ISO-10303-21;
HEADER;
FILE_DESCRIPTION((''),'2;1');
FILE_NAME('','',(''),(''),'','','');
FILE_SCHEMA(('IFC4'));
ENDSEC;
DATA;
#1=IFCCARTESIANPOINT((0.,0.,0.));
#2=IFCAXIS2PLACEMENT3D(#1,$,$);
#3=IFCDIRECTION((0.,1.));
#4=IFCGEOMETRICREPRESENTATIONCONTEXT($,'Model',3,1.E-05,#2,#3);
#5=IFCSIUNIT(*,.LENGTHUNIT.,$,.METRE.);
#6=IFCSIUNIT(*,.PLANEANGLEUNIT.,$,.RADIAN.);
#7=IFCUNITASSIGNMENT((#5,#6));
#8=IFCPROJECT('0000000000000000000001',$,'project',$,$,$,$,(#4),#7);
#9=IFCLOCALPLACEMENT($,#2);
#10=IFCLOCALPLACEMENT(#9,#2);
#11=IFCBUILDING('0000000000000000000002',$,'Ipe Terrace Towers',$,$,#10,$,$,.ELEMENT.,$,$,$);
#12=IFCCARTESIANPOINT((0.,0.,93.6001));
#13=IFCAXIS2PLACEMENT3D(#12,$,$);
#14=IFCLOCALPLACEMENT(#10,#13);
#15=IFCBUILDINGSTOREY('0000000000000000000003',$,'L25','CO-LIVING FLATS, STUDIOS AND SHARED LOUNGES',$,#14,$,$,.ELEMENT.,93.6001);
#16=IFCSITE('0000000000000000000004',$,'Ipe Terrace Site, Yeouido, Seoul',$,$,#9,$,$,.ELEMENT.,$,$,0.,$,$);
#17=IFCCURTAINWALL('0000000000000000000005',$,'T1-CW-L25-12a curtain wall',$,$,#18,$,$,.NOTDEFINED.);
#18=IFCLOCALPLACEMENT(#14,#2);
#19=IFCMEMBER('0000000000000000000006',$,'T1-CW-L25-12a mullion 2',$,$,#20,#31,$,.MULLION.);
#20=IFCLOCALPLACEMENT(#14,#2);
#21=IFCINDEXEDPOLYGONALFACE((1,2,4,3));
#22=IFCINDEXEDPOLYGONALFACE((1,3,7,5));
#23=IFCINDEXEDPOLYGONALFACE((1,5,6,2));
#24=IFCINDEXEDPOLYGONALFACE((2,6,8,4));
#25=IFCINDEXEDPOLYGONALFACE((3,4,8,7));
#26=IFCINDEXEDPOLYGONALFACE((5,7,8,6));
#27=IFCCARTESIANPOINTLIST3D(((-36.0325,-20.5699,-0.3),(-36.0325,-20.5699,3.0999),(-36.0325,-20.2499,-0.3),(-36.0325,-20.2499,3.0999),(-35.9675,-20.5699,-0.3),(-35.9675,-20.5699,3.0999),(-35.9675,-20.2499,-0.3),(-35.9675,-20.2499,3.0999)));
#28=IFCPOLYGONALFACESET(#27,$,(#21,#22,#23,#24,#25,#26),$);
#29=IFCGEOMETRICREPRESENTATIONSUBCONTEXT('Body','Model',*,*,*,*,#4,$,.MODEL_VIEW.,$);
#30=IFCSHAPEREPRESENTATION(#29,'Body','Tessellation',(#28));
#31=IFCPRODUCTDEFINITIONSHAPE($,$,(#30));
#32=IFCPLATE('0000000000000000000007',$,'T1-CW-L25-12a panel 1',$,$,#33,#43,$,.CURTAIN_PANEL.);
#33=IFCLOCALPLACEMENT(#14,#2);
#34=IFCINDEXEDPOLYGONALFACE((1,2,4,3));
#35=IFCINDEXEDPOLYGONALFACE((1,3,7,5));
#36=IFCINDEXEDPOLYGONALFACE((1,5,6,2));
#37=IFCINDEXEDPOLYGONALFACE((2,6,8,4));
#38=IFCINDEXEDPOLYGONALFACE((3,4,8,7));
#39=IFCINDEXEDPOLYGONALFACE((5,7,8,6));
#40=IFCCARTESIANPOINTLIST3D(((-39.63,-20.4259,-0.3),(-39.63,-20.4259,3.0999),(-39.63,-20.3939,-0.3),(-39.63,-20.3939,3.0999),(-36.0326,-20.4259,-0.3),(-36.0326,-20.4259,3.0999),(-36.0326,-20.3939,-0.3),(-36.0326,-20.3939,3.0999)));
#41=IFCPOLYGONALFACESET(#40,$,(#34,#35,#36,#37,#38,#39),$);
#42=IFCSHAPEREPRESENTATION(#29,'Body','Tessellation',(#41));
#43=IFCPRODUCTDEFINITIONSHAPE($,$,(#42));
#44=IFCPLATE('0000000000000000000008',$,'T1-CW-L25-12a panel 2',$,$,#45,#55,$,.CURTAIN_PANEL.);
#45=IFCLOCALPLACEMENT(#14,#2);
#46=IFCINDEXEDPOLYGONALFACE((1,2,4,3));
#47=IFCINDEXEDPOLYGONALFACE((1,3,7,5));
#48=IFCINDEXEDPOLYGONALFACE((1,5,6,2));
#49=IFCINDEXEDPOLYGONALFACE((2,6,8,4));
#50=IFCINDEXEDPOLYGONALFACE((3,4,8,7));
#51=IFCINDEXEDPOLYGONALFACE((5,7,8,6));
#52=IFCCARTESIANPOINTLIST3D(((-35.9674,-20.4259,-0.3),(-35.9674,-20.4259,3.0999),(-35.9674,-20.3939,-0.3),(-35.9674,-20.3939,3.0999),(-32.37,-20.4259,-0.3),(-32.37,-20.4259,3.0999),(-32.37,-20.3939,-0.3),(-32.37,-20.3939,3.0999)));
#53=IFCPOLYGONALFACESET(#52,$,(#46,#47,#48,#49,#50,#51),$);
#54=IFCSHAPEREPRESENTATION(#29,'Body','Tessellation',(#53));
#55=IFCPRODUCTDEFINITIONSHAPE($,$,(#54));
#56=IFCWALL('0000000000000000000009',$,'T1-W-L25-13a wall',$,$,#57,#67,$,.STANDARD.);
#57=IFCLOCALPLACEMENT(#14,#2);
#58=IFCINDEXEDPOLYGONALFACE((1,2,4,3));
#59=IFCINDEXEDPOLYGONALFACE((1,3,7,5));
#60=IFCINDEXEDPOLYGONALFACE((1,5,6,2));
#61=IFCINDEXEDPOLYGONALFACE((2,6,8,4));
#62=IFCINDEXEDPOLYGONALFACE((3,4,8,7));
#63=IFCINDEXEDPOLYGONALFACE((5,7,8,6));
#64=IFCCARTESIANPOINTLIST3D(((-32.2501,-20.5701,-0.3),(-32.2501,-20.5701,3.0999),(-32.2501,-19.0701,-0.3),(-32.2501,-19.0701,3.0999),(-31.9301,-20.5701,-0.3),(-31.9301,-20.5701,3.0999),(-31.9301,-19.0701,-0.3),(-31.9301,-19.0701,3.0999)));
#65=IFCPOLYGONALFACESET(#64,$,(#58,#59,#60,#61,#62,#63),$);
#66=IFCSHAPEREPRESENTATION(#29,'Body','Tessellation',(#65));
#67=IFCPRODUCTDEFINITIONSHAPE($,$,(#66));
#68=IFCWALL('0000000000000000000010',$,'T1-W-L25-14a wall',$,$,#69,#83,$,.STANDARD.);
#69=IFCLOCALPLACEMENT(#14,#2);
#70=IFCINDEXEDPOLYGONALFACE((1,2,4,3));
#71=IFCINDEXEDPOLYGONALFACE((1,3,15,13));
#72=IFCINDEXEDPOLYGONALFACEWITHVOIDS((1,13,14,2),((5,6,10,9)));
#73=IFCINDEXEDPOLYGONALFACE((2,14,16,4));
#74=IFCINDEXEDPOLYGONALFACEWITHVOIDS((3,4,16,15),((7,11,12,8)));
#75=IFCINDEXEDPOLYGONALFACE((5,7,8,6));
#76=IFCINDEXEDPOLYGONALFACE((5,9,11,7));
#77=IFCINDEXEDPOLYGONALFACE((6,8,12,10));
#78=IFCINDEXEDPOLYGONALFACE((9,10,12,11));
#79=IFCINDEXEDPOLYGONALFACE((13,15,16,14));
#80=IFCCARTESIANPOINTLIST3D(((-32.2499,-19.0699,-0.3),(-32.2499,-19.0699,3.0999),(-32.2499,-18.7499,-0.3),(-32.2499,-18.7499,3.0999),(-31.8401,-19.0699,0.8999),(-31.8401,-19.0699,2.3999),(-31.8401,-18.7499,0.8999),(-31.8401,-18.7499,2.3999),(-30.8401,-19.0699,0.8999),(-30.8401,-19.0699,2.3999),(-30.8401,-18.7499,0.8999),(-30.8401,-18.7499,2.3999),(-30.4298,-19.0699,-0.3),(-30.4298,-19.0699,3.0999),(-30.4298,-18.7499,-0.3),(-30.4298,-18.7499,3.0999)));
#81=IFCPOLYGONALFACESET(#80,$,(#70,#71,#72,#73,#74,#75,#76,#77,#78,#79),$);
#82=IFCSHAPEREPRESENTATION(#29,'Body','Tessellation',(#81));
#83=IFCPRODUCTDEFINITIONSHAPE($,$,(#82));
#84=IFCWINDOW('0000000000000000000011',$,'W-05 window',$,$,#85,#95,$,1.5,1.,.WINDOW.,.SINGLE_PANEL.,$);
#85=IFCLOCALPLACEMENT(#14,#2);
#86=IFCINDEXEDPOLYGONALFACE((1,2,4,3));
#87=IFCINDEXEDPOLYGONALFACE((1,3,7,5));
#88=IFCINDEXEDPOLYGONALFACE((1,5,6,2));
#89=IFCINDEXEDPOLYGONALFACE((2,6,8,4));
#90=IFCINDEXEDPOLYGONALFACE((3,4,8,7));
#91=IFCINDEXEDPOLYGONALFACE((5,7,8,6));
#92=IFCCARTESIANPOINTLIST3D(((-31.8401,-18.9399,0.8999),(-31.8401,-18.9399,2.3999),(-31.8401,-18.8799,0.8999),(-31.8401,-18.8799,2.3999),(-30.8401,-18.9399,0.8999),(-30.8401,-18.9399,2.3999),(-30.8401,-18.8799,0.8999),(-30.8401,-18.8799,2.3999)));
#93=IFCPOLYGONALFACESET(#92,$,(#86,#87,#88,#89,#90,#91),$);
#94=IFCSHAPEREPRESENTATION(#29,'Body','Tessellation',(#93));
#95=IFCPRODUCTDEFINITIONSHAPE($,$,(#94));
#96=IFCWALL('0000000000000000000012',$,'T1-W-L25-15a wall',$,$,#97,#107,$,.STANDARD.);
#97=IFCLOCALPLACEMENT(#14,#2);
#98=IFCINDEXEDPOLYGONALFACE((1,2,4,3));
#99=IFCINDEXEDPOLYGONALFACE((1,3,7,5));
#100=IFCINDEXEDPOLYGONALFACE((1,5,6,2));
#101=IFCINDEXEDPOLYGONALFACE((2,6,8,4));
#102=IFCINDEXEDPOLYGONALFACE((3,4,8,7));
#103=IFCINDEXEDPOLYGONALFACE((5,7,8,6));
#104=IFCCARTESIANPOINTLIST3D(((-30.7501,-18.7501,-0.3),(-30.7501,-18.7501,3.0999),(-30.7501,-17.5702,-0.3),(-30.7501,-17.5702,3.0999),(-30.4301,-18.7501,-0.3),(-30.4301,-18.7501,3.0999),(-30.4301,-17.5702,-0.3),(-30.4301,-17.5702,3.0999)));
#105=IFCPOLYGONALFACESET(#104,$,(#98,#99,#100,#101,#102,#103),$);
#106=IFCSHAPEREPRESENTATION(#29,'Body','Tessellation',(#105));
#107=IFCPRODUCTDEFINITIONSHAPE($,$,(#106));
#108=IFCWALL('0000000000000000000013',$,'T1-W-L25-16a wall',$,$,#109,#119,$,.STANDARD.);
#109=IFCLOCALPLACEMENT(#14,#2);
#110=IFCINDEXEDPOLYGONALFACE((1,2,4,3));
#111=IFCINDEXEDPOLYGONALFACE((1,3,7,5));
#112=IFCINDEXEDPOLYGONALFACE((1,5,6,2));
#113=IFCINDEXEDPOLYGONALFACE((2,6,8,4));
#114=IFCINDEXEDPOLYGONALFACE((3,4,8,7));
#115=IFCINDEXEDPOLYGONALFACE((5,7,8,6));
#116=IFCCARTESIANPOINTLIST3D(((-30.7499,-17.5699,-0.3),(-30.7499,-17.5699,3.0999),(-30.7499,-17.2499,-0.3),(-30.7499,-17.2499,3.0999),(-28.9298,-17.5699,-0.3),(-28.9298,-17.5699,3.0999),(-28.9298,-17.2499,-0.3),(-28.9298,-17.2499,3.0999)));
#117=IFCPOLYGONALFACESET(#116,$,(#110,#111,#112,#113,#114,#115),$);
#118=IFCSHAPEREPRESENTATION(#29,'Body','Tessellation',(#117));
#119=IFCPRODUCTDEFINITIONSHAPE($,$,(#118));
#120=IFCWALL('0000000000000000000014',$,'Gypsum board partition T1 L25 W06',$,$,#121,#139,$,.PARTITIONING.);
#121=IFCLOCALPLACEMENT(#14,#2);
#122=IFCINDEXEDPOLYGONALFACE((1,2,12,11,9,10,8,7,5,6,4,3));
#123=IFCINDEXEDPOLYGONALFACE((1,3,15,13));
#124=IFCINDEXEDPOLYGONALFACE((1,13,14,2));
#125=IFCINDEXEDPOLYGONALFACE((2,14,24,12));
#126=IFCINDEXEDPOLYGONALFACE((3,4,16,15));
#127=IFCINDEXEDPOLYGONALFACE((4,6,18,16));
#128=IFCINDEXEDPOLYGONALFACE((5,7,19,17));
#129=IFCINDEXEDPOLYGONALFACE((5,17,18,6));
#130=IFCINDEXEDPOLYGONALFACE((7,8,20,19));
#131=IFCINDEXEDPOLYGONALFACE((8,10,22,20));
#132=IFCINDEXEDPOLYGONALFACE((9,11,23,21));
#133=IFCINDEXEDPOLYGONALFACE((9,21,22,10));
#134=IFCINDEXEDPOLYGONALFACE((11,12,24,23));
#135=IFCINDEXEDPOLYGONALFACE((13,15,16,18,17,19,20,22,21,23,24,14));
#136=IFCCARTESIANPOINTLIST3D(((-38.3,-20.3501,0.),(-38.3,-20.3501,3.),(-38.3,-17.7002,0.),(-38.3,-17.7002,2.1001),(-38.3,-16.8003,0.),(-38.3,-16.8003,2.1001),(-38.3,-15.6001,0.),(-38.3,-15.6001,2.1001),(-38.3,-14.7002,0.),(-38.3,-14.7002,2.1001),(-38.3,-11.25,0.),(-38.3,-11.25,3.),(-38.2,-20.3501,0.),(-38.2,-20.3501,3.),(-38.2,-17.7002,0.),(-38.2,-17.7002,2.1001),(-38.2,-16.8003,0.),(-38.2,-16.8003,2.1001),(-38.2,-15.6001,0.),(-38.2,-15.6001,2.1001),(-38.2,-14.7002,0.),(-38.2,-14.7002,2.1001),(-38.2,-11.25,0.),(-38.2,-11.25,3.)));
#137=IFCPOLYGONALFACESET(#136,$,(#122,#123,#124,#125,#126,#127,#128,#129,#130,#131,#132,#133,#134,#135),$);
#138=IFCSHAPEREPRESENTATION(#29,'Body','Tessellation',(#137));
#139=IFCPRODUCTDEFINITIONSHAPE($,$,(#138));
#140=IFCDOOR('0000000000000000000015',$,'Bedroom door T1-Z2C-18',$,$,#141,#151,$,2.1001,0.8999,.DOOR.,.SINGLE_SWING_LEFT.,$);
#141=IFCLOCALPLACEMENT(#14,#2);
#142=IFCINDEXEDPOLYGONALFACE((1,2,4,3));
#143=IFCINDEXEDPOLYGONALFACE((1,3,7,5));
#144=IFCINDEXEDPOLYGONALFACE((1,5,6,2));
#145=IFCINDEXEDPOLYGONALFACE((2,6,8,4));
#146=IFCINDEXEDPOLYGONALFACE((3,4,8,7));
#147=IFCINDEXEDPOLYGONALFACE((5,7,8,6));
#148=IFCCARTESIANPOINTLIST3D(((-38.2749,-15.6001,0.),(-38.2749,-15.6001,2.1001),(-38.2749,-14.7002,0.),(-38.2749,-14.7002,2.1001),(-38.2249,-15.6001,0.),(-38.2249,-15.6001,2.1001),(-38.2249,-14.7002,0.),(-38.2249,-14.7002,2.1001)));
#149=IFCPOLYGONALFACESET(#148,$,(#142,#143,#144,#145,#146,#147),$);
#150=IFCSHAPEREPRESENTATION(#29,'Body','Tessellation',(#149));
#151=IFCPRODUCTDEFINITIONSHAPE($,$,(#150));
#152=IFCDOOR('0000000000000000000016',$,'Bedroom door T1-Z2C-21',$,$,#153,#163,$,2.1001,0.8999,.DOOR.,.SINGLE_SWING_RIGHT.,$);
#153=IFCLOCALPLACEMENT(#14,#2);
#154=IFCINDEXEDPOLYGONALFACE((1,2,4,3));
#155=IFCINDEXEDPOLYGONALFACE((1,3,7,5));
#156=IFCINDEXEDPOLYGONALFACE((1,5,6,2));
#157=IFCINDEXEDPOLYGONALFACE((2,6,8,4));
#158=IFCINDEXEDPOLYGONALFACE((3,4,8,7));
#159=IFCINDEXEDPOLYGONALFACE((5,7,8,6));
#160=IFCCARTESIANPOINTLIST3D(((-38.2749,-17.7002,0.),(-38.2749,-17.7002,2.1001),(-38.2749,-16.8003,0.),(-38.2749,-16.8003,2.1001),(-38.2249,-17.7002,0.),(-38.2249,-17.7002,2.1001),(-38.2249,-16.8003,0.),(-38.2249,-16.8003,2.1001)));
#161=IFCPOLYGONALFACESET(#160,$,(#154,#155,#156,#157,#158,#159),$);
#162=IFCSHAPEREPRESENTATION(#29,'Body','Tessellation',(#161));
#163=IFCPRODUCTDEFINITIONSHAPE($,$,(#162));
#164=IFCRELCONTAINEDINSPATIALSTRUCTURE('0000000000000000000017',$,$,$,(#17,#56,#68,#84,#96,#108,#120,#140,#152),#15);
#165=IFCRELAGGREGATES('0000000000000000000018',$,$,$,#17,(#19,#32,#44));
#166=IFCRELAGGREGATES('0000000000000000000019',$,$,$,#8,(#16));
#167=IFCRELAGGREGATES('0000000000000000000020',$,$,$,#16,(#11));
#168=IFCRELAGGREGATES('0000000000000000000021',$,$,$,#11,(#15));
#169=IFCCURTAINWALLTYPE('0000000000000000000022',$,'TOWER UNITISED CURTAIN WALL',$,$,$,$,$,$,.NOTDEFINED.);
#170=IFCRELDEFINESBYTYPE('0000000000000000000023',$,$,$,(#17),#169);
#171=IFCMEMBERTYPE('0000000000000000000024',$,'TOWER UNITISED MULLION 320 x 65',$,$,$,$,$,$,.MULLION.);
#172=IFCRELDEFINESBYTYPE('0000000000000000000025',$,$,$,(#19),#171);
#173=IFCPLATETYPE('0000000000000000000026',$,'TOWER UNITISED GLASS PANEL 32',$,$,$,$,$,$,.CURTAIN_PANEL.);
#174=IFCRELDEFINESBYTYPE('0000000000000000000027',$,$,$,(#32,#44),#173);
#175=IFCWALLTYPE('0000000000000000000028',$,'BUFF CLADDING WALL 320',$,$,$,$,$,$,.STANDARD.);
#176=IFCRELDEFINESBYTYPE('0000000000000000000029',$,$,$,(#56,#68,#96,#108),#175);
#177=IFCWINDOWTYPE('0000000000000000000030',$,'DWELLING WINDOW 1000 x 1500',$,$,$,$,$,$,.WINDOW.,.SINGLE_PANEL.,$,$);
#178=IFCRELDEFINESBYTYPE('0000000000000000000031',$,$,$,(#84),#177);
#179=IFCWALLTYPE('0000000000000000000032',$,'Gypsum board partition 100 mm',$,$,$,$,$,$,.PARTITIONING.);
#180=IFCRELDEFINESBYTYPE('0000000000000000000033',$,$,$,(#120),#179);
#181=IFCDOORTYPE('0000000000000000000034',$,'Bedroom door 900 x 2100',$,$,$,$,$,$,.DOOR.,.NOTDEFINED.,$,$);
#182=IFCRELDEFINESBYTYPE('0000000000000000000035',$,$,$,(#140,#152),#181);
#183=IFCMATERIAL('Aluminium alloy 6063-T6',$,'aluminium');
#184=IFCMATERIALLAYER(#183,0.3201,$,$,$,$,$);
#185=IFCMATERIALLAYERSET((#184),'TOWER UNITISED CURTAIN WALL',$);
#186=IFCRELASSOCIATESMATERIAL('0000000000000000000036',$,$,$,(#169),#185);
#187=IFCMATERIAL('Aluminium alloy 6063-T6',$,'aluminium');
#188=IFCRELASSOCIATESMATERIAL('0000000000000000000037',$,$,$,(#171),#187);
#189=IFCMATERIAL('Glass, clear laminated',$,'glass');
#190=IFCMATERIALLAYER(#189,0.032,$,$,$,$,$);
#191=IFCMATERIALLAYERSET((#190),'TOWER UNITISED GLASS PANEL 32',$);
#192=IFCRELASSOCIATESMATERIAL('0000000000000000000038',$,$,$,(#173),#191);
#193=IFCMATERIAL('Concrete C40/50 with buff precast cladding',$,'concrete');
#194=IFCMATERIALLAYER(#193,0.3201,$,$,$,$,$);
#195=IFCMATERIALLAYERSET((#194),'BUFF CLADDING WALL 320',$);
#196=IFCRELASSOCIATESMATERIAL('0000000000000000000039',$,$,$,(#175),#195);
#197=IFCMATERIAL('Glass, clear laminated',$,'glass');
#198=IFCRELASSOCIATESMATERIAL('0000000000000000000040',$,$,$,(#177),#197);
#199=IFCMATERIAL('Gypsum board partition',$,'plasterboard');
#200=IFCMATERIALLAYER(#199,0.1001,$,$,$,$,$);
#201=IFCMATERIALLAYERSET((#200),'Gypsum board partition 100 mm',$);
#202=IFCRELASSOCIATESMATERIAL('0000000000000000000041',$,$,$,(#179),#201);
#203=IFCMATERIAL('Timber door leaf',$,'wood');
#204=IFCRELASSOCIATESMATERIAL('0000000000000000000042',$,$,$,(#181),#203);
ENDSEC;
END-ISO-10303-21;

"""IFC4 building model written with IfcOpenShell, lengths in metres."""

from ifc_helpers import new_model, si_unit, direction, frame, frame_2d, origin, origin_2d, place, context, subcontext, project, spatial, rectangle, extrude, material, layer, layer_set, material_profile, profile_set, type_object, element, fill, aggregate, save


model = new_model("IFC4")

# Units and contexts
model_context = context("Model", 3, precision=1e-05, world=origin(), true_north=direction((0.0, 1.0)))
body_context = subcontext(model_context, "Body", "Model", "MODEL_VIEW")
ifc_project = project(units=[si_unit("LENGTHUNIT", "METRE"), si_unit("PLANEANGLEUNIT", "RADIAN")], contexts=[model_context])

# Site, building, storey
site_placement = place(None, origin())
site = spatial("IfcSite", under=ifc_project, at=site_placement, Name="Ipe Terrace Site, Yeouido, Seoul", CompositionType="ELEMENT", RefElevation=0.0)
building_placement = place(site_placement, origin())
building = spatial("IfcBuilding", under=site, at=building_placement, Name="Ipe Terrace Towers", CompositionType="ELEMENT")
storey_placement = place(building_placement, frame((0.0, 0.0, 93.6001)))
storey = spatial("IfcBuildingStorey", under=building, at=storey_placement, Name="L25", Description="CO-LIVING FLATS, STUDIOS AND SHARED LOUNGES", CompositionType="ELEMENT", Elevation=93.6001)

# Curtain wall
ifc_material_1 = material(Name="Aluminium alloy 6063-T6", Category="aluminium")
ifc_layer_1 = layer(ifc_material_1, 0.3201)
ifc_layer_set_1 = layer_set([ifc_layer_1], Name="TOWER UNITISED CURTAIN WALL")
curtain_wall_type = type_object("IfcCurtainWallType", Name="TOWER UNITISED CURTAIN WALL", PredefinedType="NOTDEFINED", material=ifc_layer_set_1)
curtain_wall_1_placement = place(storey_placement, origin())
curtain_wall_1 = element("IfcCurtainWall", 1, at=curtain_wall_1_placement, inside=storey, type_object=curtain_wall_type, Name="T1-CW-L25-12a curtain wall", PredefinedType="NOTDEFINED")

# Member
ifc_material_2 = material(Name="Aluminium alloy 6063-T6", Category="aluminium")
ifc_material_profile_1 = material_profile(ifc_material_2, rectangle(XDim=0.3201, YDim=0.0649, at=origin_2d()), Name="TOWER UNITISED MULLION 320 x 65")
ifc_profile_set_1 = profile_set([ifc_material_profile_1], Name="Aluminium alloy 6063-T6")
member_type_1 = type_object("IfcMemberType", Name="TOWER UNITISED MULLION 320 x 65", PredefinedType="MULLION", material=ifc_profile_set_1)
member_1_placement = place(storey_placement, frame((-36.0, -20.4099, -0.3), z_axis=(0.0, 0.0, 1.0), x_axis=(0.0, -1.0, 0.0)))
member_1 = element("IfcMember", 2, at=member_1_placement, type_object=member_type_1, Name="T1-CW-L25-12a mullion 2", PredefinedType="MULLION", context=body_context, shape_type="SweptSolid", body=[
    extrude(rectangle(XDim=0.3201, YDim=0.0649, at=origin_2d()), origin(), (0.0, 0.0, 1.0), 3.3999),
])

# Plates
ifc_material_3 = material(Name="Glass, clear laminated", Category="glass")
ifc_layer_2 = layer(ifc_material_3, 0.032)
ifc_layer_set_2 = layer_set([ifc_layer_2], Name="TOWER UNITISED GLASS PANEL 32")
plate_type = type_object("IfcPlateType", Name="TOWER UNITISED GLASS PANEL 32", PredefinedType="CURTAIN_PANEL", material=ifc_layer_set_2)
plate_1_placement = place(storey_placement, frame((-37.8313, -20.4099, -0.3), z_axis=(0.0, 0.0, 1.0), x_axis=(1.0, 0.0, 0.0)))
plate_1 = element("IfcPlate", 3, at=plate_1_placement, type_object=plate_type, Name="T1-CW-L25-12a panel 1", PredefinedType="CURTAIN_PANEL", context=body_context, shape_type="SweptSolid", body=[
    extrude(rectangle(XDim=3.5974, YDim=0.032, at=origin_2d()), origin(), (0.0, 0.0, 1.0), 3.3999),
])
plate_2_placement = place(storey_placement, frame((-34.1687, -20.4099, -0.3), z_axis=(0.0, 0.0, 1.0), x_axis=(1.0, 0.0, 0.0)))
plate_2 = element("IfcPlate", 4, at=plate_2_placement, type_object=plate_type, Name="T1-CW-L25-12a panel 2", PredefinedType="CURTAIN_PANEL", context=body_context, shape_type="SweptSolid", body=[
    extrude(rectangle(XDim=3.5974, YDim=0.032, at=origin_2d()), origin(), (0.0, 0.0, 1.0), 3.3999),
])
aggregate(curtain_wall_1, [member_1, plate_1, plate_2])

# Wall
ifc_material_4 = material(Name="Concrete C40/50 with buff precast cladding", Category="concrete")
ifc_layer_3 = layer(ifc_material_4, 0.3201)
ifc_layer_set_3 = layer_set([ifc_layer_3], Name="BUFF CLADDING WALL 320")
wall_type_1 = type_object("IfcWallType", Name="BUFF CLADDING WALL 320", PredefinedType="STANDARD", material=ifc_layer_set_3)
wall_1_placement = place(storey_placement, frame((-32.0901, -20.5701, -0.3), z_axis=(0.0, 0.0, 1.0), x_axis=(0.0, 1.0, 0.0)))
element("IfcWall", 5, at=wall_1_placement, inside=storey, type_object=wall_type_1, Name="T1-W-L25-13a wall", PredefinedType="STANDARD", context=body_context, shape_type="SweptSolid", body=[
    extrude(rectangle(XDim=1.5, YDim=0.3201, at=frame_2d((0.75, 0.0))), origin(), (0.0, 0.0, 1.0), 3.3999),
])

# Wall, opening, window
wall_2_placement = place(storey_placement, frame((-32.25, -18.9099, -0.3), z_axis=(0.0, 0.0, 1.0), x_axis=(1.0, 0.0, 0.0)))
wall_2 = element("IfcWall", 6, at=wall_2_placement, inside=storey, type_object=wall_type_1, Name="T1-W-L25-14a wall", PredefinedType="STANDARD", context=body_context, shape_type="SweptSolid", body=[
    extrude(rectangle(XDim=1.8201, YDim=0.3201, at=frame_2d((0.9102, 0.0))), origin(), (0.0, 0.0, 1.0), 3.3999),
])
opening_1_placement = place(wall_2_placement, frame((0.4099, 0.0, 1.2)))
opening_1 = element("IfcOpeningElement", 7, at=opening_1_placement, cuts=wall_2, PredefinedType="OPENING", context=body_context, shape_type="SweptSolid", body=[
    extrude(rectangle(XDim=1.0, YDim=1.5, at=frame_2d((0.5, 0.75))), frame((0.0, 0.1699, 0.0), z_axis=(0.0, -1.0, 0.0), x_axis=(1.0, 0.0, 0.0)), (0.0, 0.0, 1.0), 0.3401),
])
ifc_material_5 = material(Name="Glass, clear laminated", Category="glass")
window_type = type_object("IfcWindowType", Name="DWELLING WINDOW 1000 x 1500", PartitioningType="SINGLE_PANEL", PredefinedType="WINDOW", material=ifc_material_5)
window_placement = place(opening_1_placement, origin())
window = element("IfcWindow", 8, at=window_placement, inside=storey, type_object=window_type, Name="W-05 window", OverallHeight=1.5, OverallWidth=1.0, PartitioningType="SINGLE_PANEL", PredefinedType="WINDOW", context=body_context, shape_type="SweptSolid", body=[
    extrude(rectangle(XDim=1.0, YDim=1.5, at=frame_2d((0.5, 0.75))), frame((0.0, 0.03, 0.0), z_axis=(0.0, -1.0, 0.0), x_axis=(1.0, 0.0, 0.0)), (0.0, 0.0, 1.0), 0.0601),
])
fill(opening_1, window)

# Walls
wall_3_placement = place(storey_placement, frame((-30.5901, -18.75, -0.3), z_axis=(0.0, 0.0, 1.0), x_axis=(0.0, 1.0, 0.0)))
element("IfcWall", 9, at=wall_3_placement, inside=storey, type_object=wall_type_1, Name="T1-W-L25-15a wall", PredefinedType="STANDARD", context=body_context, shape_type="SweptSolid", body=[
    extrude(rectangle(XDim=1.1799, YDim=0.3201, at=frame_2d((0.5898, 0.0))), origin(), (0.0, 0.0, 1.0), 3.3999),
])
wall_4_placement = place(storey_placement, frame((-30.75, -17.4099, -0.3), z_axis=(0.0, 0.0, 1.0), x_axis=(1.0, 0.0, 0.0)))
element("IfcWall", 10, at=wall_4_placement, inside=storey, type_object=wall_type_1, Name="T1-W-L25-16a wall", PredefinedType="STANDARD", context=body_context, shape_type="SweptSolid", body=[
    extrude(rectangle(XDim=1.8201, YDim=0.3201, at=frame_2d((0.9102, 0.0))), origin(), (0.0, 0.0, 1.0), 3.3999),
])

# Wall, openings, doors
ifc_material_6 = material(Name="Gypsum board partition", Category="plasterboard")
ifc_layer_4 = layer(ifc_material_6, 0.1001)
ifc_layer_set_4 = layer_set([ifc_layer_4], Name="Gypsum board partition 100 mm")
wall_type_2 = type_object("IfcWallType", Name="Gypsum board partition 100 mm", PredefinedType="PARTITIONING", material=ifc_layer_set_4)
wall_5_placement = place(storey_placement, frame((-38.25, -20.3501, 0.0), z_axis=(0.0, 0.0, 1.0), x_axis=(0.0, 1.0, 0.0)))
wall_5 = element("IfcWall", 11, at=wall_5_placement, inside=storey, type_object=wall_type_2, Name="Gypsum board partition T1 L25 W06", PredefinedType="PARTITIONING", context=body_context, shape_type="SweptSolid", body=[
    extrude(rectangle(XDim=9.1001, YDim=0.1001, at=frame_2d((4.55, 0.0))), origin(), (0.0, 0.0, 1.0), 3.0),
])
opening_2_placement = place(wall_5_placement, frame((4.75, 0.0, 0.0)))
opening_2 = element("IfcOpeningElement", 12, at=opening_2_placement, cuts=wall_5, PredefinedType="OPENING", context=body_context, shape_type="SweptSolid", body=[
    extrude(rectangle(XDim=0.8999, YDim=2.1001, at=frame_2d((0.45, 1.05))), frame((0.0, 0.0601, 0.0), z_axis=(0.0, -1.0, 0.0), x_axis=(1.0, 0.0, 0.0)), (0.0, 0.0, 1.0), 0.1201),
])
opening_3_placement = place(wall_5_placement, frame((2.6499, 0.0, 0.0)))
opening_3 = element("IfcOpeningElement", 13, at=opening_3_placement, cuts=wall_5, PredefinedType="OPENING", context=body_context, shape_type="SweptSolid", body=[
    extrude(rectangle(XDim=0.8999, YDim=2.1001, at=frame_2d((0.45, 1.05))), frame((0.0, 0.0601, 0.0), z_axis=(0.0, -1.0, 0.0), x_axis=(1.0, 0.0, 0.0)), (0.0, 0.0, 1.0), 0.1201),
])
ifc_material_7 = material(Name="Timber door leaf", Category="wood")
door_type = type_object("IfcDoorType", Name="Bedroom door 900 x 2100", OperationType="NOTDEFINED", PredefinedType="DOOR", material=ifc_material_7)
door_1_placement = place(opening_2_placement, origin())
door_1 = element("IfcDoor", 14, at=door_1_placement, inside=storey, type_object=door_type, Name="Bedroom door T1-Z2C-18", OperationType="SINGLE_SWING_LEFT", OverallHeight=2.1001, OverallWidth=0.8999, PredefinedType="DOOR", context=body_context, shape_type="SweptSolid", body=[
    extrude(rectangle(XDim=0.8999, YDim=2.1001, at=frame_2d((0.45, 1.05))), frame((0.0, 0.0249, 0.0), z_axis=(0.0, -1.0, 0.0), x_axis=(1.0, 0.0, 0.0)), (0.0, 0.0, 1.0), 0.05),
])
fill(opening_2, door_1)
door_2_placement = place(opening_3_placement, origin())
door_2 = element("IfcDoor", 15, at=door_2_placement, inside=storey, type_object=door_type, Name="Bedroom door T1-Z2C-21", OperationType="SINGLE_SWING_RIGHT", OverallHeight=2.1001, OverallWidth=0.8999, PredefinedType="DOOR", context=body_context, shape_type="SweptSolid", body=[
    extrude(rectangle(XDim=0.8999, YDim=2.1001, at=frame_2d((0.45, 1.05))), frame((0.0, 0.0249, 0.0), z_axis=(0.0, -1.0, 0.0), x_axis=(1.0, 0.0, 0.0)), (0.0, 0.0, 1.0), 0.05),
])
fill(opening_3, door_2)

save(model, "model.ifc")
